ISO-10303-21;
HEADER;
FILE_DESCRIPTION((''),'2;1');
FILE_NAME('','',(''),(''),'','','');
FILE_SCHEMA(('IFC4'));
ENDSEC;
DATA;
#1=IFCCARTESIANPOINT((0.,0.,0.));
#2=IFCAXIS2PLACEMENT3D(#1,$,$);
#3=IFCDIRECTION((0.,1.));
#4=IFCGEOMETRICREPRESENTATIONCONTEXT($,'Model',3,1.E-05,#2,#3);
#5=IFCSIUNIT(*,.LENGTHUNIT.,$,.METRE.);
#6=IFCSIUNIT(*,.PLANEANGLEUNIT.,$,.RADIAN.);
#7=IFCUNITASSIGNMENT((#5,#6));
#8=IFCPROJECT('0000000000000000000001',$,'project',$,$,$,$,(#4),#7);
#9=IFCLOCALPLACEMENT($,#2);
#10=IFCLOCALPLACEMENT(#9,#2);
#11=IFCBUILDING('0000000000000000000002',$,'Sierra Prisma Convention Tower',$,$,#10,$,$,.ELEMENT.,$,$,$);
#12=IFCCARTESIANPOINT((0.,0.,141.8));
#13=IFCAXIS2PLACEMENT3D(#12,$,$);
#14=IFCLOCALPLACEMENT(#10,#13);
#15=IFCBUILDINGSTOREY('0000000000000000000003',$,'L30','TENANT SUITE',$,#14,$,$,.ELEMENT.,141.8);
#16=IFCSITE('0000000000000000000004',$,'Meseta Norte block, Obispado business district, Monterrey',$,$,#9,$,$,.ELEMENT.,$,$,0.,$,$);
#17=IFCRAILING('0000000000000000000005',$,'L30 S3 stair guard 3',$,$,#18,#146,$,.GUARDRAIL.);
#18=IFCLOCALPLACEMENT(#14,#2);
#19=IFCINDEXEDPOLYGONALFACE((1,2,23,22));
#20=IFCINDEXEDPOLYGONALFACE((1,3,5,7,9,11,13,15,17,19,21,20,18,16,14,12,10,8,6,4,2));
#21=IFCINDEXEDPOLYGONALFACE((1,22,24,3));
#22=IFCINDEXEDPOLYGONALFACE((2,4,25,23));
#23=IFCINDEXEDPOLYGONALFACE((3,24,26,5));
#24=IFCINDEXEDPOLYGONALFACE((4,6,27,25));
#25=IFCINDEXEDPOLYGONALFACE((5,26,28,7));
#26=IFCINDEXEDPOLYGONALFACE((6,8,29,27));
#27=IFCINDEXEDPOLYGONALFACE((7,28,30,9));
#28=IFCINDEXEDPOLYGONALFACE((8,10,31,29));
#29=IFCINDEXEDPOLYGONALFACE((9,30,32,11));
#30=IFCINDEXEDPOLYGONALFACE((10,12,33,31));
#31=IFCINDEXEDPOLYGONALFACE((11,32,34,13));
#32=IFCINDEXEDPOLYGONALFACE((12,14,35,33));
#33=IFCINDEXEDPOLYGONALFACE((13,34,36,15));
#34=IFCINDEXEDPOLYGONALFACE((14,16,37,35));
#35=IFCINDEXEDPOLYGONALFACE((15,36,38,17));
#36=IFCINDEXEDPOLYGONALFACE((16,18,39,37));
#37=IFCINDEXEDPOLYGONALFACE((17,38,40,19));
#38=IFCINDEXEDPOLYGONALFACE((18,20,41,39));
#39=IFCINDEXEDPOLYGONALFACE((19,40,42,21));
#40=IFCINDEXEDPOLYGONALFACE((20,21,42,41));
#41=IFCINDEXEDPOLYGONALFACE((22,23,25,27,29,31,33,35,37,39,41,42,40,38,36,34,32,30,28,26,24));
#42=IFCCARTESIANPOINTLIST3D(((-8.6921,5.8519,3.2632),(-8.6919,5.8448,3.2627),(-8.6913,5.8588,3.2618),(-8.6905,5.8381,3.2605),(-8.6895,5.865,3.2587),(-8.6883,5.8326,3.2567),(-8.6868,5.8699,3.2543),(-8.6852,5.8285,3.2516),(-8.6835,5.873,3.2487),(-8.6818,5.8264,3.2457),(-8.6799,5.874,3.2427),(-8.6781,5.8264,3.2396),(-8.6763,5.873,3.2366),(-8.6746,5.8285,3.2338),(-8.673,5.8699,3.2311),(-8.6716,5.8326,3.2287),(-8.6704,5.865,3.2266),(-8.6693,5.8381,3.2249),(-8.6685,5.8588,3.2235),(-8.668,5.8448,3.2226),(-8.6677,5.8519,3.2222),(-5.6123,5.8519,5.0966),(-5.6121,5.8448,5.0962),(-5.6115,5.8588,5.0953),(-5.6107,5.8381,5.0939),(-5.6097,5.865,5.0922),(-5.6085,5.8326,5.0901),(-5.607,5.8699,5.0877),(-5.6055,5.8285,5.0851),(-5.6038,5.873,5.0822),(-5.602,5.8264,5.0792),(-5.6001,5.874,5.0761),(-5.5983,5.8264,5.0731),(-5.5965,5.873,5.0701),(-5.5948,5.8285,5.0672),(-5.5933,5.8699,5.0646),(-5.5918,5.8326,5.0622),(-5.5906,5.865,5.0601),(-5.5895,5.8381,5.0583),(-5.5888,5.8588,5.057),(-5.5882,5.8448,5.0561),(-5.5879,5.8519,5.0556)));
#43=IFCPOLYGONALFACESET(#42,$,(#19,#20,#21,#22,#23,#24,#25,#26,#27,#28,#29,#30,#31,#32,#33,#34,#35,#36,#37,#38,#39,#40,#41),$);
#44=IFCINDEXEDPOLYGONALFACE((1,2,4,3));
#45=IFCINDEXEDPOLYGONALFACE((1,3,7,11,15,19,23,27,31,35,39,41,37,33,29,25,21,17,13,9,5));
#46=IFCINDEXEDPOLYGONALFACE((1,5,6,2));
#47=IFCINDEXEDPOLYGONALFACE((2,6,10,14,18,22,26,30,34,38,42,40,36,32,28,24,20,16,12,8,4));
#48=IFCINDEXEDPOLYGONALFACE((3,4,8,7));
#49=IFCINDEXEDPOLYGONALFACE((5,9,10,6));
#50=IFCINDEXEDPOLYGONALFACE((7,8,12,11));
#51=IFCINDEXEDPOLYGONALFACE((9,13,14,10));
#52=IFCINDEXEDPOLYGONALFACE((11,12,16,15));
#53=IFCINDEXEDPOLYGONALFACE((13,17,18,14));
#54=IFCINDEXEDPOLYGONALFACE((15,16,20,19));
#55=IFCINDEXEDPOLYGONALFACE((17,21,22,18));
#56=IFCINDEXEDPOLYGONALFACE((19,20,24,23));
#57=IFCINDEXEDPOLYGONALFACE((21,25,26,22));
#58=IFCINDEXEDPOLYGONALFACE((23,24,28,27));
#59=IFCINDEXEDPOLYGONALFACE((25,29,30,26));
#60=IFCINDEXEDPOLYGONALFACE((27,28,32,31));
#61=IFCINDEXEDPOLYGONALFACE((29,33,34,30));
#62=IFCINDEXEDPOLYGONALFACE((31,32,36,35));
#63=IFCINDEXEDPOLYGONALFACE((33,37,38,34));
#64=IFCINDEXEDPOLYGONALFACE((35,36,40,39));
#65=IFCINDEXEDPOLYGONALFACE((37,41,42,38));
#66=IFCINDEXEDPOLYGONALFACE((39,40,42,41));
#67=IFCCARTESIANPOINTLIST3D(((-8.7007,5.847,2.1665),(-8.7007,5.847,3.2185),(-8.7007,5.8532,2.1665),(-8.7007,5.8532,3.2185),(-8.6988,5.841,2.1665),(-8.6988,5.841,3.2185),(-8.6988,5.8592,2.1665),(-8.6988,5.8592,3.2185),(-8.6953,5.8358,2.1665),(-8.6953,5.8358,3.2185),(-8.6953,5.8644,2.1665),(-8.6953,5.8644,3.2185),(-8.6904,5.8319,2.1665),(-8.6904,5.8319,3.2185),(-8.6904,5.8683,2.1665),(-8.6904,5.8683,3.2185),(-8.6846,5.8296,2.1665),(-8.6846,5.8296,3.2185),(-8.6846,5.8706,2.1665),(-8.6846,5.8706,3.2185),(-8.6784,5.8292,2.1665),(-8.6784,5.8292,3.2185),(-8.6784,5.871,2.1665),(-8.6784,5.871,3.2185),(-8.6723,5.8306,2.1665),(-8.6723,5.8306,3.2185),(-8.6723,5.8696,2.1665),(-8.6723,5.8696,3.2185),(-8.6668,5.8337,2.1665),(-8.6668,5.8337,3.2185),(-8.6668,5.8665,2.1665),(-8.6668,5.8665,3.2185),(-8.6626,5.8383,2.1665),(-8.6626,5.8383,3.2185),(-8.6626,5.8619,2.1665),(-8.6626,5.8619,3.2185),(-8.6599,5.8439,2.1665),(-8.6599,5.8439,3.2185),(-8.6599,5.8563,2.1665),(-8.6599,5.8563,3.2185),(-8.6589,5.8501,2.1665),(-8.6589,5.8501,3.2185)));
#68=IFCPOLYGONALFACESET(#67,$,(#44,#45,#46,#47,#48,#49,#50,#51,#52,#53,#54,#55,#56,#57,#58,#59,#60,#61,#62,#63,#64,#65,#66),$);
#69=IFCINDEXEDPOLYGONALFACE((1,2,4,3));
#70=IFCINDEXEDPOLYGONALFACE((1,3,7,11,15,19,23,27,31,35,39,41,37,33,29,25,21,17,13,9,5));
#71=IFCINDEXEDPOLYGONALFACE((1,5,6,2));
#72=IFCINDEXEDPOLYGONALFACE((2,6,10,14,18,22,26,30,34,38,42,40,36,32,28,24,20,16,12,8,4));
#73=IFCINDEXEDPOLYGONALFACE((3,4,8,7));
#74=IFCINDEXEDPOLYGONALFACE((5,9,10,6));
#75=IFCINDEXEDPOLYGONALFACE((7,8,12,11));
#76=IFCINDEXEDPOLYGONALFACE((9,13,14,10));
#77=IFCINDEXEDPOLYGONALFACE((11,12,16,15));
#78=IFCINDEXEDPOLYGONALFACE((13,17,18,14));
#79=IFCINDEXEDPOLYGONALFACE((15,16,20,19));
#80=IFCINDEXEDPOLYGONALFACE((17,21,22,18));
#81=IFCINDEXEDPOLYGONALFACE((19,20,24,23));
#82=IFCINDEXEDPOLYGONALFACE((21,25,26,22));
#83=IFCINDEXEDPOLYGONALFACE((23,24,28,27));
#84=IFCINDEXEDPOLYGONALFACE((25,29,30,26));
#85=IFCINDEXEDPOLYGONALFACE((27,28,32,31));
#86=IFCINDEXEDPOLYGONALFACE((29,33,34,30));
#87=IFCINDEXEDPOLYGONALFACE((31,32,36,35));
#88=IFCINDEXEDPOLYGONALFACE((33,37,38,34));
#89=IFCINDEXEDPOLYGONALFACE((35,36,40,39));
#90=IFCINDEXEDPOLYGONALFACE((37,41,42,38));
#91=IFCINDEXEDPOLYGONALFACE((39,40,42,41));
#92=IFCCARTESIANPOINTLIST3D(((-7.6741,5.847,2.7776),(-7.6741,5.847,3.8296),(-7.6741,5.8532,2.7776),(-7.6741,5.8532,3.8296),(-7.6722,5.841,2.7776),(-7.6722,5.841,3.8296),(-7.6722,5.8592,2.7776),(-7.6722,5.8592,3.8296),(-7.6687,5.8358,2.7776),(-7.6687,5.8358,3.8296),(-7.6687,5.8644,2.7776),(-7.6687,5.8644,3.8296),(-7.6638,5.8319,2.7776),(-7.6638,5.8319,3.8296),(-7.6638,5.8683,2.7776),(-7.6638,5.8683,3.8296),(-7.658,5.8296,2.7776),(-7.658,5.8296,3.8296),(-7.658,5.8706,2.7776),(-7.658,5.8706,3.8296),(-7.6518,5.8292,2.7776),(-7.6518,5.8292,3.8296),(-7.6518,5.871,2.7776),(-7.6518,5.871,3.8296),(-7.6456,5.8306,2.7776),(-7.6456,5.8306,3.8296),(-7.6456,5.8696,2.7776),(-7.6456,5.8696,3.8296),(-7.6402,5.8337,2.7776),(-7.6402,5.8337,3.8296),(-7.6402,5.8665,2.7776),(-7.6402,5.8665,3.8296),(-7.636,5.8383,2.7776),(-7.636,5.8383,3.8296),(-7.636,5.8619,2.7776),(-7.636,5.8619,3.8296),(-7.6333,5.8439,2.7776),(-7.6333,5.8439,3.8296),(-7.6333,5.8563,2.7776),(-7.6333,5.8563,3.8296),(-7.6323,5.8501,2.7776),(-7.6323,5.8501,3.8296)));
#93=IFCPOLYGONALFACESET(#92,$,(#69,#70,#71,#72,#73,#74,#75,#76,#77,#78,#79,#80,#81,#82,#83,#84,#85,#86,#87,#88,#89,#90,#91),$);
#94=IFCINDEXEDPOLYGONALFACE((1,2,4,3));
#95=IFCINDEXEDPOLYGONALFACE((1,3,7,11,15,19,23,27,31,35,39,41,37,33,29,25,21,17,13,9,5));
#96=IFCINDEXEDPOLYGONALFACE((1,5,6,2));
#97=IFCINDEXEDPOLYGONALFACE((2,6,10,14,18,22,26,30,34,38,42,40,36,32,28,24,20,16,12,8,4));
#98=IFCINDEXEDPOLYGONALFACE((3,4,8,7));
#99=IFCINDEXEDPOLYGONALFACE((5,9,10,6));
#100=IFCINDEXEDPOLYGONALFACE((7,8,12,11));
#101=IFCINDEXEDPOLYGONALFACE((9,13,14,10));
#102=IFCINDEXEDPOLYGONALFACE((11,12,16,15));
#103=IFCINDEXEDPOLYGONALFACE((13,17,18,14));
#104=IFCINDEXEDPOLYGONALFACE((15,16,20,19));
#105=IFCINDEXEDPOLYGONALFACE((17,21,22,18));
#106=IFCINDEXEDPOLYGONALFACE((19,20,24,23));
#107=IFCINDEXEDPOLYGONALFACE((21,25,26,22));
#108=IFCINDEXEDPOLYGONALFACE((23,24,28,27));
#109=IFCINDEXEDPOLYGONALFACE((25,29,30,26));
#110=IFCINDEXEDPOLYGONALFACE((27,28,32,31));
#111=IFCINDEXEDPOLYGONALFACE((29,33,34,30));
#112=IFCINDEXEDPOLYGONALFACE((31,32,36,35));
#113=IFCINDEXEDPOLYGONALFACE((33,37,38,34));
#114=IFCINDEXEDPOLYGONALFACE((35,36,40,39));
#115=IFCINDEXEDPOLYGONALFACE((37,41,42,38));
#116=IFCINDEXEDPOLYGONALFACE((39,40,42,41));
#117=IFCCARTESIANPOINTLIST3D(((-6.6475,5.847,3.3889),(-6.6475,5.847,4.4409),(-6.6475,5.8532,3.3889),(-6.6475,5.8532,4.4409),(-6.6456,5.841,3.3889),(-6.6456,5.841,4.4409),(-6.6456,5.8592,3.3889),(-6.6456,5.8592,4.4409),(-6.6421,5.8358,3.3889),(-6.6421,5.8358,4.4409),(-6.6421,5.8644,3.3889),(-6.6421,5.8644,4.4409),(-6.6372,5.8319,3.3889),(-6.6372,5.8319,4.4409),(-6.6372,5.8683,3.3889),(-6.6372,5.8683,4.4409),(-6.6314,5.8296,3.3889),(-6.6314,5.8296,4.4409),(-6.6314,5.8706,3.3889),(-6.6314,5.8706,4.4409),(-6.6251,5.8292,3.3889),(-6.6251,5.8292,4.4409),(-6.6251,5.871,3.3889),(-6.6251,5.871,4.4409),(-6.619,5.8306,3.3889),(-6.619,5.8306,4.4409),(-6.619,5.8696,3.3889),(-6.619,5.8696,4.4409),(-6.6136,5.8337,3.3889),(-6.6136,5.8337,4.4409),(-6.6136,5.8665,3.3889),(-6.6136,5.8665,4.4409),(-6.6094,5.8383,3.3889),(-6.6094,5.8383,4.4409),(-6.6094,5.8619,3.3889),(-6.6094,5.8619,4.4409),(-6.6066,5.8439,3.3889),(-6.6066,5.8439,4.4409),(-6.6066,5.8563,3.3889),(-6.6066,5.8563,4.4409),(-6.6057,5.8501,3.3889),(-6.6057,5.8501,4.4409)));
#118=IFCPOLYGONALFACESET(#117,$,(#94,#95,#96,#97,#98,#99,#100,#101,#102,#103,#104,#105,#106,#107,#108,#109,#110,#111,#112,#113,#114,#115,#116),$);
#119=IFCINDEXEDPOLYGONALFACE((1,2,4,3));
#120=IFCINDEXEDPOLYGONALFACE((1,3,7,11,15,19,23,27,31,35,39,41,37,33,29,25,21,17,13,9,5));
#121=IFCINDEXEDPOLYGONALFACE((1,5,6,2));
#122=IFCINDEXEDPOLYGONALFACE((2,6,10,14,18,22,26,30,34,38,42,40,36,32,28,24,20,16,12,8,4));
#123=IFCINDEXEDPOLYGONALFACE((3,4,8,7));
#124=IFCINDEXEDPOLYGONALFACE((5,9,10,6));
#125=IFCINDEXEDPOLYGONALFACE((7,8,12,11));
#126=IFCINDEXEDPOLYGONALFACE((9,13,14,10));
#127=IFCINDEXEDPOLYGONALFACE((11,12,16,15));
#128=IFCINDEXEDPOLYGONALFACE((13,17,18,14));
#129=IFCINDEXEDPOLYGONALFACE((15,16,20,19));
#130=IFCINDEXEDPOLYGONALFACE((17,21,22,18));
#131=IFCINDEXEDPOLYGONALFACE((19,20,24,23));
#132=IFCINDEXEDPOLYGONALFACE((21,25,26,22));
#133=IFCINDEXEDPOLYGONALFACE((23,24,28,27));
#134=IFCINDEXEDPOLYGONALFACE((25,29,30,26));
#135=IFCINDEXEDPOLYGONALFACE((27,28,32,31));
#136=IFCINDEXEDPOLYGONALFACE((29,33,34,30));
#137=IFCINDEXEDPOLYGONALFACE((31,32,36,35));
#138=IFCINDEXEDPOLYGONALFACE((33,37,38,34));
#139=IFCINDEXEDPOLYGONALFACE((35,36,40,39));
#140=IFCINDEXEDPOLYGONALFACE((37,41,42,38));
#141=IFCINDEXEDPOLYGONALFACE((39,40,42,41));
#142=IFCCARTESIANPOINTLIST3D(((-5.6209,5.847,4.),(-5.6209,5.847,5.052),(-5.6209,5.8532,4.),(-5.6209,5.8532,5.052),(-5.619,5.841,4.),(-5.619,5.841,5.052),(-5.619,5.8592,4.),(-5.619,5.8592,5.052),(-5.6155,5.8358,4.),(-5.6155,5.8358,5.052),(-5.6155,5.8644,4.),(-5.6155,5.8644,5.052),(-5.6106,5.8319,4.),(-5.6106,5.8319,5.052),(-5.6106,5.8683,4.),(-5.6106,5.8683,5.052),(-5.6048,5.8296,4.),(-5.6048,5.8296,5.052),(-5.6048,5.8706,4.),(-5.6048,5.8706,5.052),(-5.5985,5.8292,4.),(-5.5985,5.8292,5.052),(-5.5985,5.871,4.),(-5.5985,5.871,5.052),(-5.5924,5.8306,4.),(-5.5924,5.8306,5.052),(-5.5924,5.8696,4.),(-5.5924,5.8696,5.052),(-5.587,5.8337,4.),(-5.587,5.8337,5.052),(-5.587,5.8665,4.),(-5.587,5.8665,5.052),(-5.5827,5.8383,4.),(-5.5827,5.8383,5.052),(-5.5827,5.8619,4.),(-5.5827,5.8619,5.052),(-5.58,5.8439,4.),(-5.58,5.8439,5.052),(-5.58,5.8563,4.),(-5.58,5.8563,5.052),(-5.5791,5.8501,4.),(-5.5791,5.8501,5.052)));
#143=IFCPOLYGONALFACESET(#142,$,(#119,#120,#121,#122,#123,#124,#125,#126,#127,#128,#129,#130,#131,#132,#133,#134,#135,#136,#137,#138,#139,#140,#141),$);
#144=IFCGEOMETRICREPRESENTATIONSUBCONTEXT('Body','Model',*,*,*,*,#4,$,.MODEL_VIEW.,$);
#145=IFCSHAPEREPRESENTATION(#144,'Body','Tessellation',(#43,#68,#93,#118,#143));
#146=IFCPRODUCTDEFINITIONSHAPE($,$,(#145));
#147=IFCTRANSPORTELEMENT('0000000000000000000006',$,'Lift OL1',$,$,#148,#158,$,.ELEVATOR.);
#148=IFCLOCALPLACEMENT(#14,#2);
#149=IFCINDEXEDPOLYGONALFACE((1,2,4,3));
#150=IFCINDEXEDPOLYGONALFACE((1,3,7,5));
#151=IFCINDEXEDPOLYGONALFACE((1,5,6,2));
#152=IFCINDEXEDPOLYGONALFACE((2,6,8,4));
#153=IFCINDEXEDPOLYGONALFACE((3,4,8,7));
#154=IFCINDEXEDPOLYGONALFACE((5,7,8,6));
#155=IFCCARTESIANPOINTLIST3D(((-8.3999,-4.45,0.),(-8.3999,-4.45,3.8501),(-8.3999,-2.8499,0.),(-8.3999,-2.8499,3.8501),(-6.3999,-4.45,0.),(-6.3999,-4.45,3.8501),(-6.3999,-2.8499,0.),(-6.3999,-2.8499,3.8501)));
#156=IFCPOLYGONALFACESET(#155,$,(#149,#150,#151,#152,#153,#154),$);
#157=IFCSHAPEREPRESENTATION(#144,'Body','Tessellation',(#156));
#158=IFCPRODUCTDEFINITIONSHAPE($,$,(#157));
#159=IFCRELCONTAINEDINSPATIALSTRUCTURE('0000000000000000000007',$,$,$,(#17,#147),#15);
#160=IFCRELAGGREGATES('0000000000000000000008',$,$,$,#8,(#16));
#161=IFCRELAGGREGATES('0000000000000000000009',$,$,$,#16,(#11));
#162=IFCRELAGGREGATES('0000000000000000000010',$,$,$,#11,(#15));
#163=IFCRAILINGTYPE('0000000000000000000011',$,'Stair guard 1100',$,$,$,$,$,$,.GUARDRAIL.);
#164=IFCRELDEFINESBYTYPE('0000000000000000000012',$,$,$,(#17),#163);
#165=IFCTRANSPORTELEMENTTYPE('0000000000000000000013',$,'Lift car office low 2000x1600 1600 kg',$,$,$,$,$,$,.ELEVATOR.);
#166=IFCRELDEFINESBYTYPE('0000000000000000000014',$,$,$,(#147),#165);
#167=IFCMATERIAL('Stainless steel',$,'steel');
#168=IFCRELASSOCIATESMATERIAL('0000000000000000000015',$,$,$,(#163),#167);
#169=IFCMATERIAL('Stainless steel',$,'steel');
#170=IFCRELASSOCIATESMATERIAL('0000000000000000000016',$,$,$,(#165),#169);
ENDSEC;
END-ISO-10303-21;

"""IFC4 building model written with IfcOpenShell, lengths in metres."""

from ifc_helpers import new_model, si_unit, direction, frame, origin, origin_2d, place, context, subcontext, project, spatial, rectangle, circle, extrude, material, type_object, element, save


model = new_model("IFC4")

# Units and contexts
model_context = context("Model", 3, precision=1e-05, world=origin(), true_north=direction((0.0, 1.0)))
body_context = subcontext(model_context, "Body", "Model", "MODEL_VIEW")
ifc_project = project(units=[si_unit("LENGTHUNIT", "METRE"), si_unit("PLANEANGLEUNIT", "RADIAN")], contexts=[model_context])

# Site, building, storey
site_placement = place(None, origin())
site = spatial("IfcSite", under=ifc_project, at=site_placement, Name="Meseta Norte block, Obispado business district, Monterrey", CompositionType="ELEMENT", RefElevation=0.0)
building_placement = place(site_placement, origin())
building = spatial("IfcBuilding", under=site, at=building_placement, Name="Sierra Prisma Convention Tower", CompositionType="ELEMENT")
storey_placement = place(building_placement, frame((0.0, 0.0, 141.8)))
storey = spatial("IfcBuildingStorey", under=building, at=storey_placement, Name="L30", Description="TENANT SUITE", CompositionType="ELEMENT", Elevation=141.8)

# Railing
ifc_material_1 = material(Name="Stainless steel", Category="steel")
railing_type_1 = type_object("IfcRailingType", Name="Stair guard 1100", PredefinedType="GUARDRAIL", material=ifc_material_1)
railing_1_placement = place(storey_placement, frame((-8.6799, 5.8501, 2.1665)))
element("IfcRailing", 1, at=railing_1_placement, inside=storey, type_object=railing_type_1, Name="L30 S3 stair guard 3", PredefinedType="GUARDRAIL", context=body_context, shape_type="SweptSolid", body=[
    extrude(circle(Radius=0.0239, at=origin_2d()), frame((0.0, 0.0, 1.0762), z_axis=(0.859261, 0.0, 0.511538), x_axis=(0.0, 1.0, 0.0)), (0.0, 0.0, 1.0), 3.5842),
    extrude(circle(Radius=0.021, at=origin_2d()), origin(), (0.0, 0.0, 1.0), 1.052),
    extrude(circle(Radius=0.021, at=origin_2d()), frame((1.0266, 0.0, 0.6111)), (0.0, 0.0, 1.0), 1.052),
    extrude(circle(Radius=0.021, at=origin_2d()), frame((2.0532, 0.0, 1.2224)), (0.0, 0.0, 1.0), 1.052),
    extrude(circle(Radius=0.021, at=origin_2d()), frame((3.0798, 0.0, 1.8335)), (0.0, 0.0, 1.0), 1.052),
])

# Transport element
ifc_material_2 = material(Name="Stainless steel", Category="steel")
transport_element_type = type_object("IfcTransportElementType", Name="Lift car office low 2000x1600 1600 kg", PredefinedType="ELEVATOR", material=ifc_material_2)
transport_element_placement = place(storey_placement, frame((-7.3999, -3.6499, 0.0), z_axis=(0.0, 0.0, 1.0), x_axis=(1.0, 0.0, 0.0)))
element("IfcTransportElement", 2, at=transport_element_placement, inside=storey, type_object=transport_element_type, Name="Lift OL1", PredefinedType="ELEVATOR", context=body_context, shape_type="SweptSolid", body=[
    extrude(rectangle(XDim=2.0, YDim=1.6001, at=origin_2d()), origin(), (0.0, 0.0, 1.0), 3.8501),
])

save(model, "model.ifc")
